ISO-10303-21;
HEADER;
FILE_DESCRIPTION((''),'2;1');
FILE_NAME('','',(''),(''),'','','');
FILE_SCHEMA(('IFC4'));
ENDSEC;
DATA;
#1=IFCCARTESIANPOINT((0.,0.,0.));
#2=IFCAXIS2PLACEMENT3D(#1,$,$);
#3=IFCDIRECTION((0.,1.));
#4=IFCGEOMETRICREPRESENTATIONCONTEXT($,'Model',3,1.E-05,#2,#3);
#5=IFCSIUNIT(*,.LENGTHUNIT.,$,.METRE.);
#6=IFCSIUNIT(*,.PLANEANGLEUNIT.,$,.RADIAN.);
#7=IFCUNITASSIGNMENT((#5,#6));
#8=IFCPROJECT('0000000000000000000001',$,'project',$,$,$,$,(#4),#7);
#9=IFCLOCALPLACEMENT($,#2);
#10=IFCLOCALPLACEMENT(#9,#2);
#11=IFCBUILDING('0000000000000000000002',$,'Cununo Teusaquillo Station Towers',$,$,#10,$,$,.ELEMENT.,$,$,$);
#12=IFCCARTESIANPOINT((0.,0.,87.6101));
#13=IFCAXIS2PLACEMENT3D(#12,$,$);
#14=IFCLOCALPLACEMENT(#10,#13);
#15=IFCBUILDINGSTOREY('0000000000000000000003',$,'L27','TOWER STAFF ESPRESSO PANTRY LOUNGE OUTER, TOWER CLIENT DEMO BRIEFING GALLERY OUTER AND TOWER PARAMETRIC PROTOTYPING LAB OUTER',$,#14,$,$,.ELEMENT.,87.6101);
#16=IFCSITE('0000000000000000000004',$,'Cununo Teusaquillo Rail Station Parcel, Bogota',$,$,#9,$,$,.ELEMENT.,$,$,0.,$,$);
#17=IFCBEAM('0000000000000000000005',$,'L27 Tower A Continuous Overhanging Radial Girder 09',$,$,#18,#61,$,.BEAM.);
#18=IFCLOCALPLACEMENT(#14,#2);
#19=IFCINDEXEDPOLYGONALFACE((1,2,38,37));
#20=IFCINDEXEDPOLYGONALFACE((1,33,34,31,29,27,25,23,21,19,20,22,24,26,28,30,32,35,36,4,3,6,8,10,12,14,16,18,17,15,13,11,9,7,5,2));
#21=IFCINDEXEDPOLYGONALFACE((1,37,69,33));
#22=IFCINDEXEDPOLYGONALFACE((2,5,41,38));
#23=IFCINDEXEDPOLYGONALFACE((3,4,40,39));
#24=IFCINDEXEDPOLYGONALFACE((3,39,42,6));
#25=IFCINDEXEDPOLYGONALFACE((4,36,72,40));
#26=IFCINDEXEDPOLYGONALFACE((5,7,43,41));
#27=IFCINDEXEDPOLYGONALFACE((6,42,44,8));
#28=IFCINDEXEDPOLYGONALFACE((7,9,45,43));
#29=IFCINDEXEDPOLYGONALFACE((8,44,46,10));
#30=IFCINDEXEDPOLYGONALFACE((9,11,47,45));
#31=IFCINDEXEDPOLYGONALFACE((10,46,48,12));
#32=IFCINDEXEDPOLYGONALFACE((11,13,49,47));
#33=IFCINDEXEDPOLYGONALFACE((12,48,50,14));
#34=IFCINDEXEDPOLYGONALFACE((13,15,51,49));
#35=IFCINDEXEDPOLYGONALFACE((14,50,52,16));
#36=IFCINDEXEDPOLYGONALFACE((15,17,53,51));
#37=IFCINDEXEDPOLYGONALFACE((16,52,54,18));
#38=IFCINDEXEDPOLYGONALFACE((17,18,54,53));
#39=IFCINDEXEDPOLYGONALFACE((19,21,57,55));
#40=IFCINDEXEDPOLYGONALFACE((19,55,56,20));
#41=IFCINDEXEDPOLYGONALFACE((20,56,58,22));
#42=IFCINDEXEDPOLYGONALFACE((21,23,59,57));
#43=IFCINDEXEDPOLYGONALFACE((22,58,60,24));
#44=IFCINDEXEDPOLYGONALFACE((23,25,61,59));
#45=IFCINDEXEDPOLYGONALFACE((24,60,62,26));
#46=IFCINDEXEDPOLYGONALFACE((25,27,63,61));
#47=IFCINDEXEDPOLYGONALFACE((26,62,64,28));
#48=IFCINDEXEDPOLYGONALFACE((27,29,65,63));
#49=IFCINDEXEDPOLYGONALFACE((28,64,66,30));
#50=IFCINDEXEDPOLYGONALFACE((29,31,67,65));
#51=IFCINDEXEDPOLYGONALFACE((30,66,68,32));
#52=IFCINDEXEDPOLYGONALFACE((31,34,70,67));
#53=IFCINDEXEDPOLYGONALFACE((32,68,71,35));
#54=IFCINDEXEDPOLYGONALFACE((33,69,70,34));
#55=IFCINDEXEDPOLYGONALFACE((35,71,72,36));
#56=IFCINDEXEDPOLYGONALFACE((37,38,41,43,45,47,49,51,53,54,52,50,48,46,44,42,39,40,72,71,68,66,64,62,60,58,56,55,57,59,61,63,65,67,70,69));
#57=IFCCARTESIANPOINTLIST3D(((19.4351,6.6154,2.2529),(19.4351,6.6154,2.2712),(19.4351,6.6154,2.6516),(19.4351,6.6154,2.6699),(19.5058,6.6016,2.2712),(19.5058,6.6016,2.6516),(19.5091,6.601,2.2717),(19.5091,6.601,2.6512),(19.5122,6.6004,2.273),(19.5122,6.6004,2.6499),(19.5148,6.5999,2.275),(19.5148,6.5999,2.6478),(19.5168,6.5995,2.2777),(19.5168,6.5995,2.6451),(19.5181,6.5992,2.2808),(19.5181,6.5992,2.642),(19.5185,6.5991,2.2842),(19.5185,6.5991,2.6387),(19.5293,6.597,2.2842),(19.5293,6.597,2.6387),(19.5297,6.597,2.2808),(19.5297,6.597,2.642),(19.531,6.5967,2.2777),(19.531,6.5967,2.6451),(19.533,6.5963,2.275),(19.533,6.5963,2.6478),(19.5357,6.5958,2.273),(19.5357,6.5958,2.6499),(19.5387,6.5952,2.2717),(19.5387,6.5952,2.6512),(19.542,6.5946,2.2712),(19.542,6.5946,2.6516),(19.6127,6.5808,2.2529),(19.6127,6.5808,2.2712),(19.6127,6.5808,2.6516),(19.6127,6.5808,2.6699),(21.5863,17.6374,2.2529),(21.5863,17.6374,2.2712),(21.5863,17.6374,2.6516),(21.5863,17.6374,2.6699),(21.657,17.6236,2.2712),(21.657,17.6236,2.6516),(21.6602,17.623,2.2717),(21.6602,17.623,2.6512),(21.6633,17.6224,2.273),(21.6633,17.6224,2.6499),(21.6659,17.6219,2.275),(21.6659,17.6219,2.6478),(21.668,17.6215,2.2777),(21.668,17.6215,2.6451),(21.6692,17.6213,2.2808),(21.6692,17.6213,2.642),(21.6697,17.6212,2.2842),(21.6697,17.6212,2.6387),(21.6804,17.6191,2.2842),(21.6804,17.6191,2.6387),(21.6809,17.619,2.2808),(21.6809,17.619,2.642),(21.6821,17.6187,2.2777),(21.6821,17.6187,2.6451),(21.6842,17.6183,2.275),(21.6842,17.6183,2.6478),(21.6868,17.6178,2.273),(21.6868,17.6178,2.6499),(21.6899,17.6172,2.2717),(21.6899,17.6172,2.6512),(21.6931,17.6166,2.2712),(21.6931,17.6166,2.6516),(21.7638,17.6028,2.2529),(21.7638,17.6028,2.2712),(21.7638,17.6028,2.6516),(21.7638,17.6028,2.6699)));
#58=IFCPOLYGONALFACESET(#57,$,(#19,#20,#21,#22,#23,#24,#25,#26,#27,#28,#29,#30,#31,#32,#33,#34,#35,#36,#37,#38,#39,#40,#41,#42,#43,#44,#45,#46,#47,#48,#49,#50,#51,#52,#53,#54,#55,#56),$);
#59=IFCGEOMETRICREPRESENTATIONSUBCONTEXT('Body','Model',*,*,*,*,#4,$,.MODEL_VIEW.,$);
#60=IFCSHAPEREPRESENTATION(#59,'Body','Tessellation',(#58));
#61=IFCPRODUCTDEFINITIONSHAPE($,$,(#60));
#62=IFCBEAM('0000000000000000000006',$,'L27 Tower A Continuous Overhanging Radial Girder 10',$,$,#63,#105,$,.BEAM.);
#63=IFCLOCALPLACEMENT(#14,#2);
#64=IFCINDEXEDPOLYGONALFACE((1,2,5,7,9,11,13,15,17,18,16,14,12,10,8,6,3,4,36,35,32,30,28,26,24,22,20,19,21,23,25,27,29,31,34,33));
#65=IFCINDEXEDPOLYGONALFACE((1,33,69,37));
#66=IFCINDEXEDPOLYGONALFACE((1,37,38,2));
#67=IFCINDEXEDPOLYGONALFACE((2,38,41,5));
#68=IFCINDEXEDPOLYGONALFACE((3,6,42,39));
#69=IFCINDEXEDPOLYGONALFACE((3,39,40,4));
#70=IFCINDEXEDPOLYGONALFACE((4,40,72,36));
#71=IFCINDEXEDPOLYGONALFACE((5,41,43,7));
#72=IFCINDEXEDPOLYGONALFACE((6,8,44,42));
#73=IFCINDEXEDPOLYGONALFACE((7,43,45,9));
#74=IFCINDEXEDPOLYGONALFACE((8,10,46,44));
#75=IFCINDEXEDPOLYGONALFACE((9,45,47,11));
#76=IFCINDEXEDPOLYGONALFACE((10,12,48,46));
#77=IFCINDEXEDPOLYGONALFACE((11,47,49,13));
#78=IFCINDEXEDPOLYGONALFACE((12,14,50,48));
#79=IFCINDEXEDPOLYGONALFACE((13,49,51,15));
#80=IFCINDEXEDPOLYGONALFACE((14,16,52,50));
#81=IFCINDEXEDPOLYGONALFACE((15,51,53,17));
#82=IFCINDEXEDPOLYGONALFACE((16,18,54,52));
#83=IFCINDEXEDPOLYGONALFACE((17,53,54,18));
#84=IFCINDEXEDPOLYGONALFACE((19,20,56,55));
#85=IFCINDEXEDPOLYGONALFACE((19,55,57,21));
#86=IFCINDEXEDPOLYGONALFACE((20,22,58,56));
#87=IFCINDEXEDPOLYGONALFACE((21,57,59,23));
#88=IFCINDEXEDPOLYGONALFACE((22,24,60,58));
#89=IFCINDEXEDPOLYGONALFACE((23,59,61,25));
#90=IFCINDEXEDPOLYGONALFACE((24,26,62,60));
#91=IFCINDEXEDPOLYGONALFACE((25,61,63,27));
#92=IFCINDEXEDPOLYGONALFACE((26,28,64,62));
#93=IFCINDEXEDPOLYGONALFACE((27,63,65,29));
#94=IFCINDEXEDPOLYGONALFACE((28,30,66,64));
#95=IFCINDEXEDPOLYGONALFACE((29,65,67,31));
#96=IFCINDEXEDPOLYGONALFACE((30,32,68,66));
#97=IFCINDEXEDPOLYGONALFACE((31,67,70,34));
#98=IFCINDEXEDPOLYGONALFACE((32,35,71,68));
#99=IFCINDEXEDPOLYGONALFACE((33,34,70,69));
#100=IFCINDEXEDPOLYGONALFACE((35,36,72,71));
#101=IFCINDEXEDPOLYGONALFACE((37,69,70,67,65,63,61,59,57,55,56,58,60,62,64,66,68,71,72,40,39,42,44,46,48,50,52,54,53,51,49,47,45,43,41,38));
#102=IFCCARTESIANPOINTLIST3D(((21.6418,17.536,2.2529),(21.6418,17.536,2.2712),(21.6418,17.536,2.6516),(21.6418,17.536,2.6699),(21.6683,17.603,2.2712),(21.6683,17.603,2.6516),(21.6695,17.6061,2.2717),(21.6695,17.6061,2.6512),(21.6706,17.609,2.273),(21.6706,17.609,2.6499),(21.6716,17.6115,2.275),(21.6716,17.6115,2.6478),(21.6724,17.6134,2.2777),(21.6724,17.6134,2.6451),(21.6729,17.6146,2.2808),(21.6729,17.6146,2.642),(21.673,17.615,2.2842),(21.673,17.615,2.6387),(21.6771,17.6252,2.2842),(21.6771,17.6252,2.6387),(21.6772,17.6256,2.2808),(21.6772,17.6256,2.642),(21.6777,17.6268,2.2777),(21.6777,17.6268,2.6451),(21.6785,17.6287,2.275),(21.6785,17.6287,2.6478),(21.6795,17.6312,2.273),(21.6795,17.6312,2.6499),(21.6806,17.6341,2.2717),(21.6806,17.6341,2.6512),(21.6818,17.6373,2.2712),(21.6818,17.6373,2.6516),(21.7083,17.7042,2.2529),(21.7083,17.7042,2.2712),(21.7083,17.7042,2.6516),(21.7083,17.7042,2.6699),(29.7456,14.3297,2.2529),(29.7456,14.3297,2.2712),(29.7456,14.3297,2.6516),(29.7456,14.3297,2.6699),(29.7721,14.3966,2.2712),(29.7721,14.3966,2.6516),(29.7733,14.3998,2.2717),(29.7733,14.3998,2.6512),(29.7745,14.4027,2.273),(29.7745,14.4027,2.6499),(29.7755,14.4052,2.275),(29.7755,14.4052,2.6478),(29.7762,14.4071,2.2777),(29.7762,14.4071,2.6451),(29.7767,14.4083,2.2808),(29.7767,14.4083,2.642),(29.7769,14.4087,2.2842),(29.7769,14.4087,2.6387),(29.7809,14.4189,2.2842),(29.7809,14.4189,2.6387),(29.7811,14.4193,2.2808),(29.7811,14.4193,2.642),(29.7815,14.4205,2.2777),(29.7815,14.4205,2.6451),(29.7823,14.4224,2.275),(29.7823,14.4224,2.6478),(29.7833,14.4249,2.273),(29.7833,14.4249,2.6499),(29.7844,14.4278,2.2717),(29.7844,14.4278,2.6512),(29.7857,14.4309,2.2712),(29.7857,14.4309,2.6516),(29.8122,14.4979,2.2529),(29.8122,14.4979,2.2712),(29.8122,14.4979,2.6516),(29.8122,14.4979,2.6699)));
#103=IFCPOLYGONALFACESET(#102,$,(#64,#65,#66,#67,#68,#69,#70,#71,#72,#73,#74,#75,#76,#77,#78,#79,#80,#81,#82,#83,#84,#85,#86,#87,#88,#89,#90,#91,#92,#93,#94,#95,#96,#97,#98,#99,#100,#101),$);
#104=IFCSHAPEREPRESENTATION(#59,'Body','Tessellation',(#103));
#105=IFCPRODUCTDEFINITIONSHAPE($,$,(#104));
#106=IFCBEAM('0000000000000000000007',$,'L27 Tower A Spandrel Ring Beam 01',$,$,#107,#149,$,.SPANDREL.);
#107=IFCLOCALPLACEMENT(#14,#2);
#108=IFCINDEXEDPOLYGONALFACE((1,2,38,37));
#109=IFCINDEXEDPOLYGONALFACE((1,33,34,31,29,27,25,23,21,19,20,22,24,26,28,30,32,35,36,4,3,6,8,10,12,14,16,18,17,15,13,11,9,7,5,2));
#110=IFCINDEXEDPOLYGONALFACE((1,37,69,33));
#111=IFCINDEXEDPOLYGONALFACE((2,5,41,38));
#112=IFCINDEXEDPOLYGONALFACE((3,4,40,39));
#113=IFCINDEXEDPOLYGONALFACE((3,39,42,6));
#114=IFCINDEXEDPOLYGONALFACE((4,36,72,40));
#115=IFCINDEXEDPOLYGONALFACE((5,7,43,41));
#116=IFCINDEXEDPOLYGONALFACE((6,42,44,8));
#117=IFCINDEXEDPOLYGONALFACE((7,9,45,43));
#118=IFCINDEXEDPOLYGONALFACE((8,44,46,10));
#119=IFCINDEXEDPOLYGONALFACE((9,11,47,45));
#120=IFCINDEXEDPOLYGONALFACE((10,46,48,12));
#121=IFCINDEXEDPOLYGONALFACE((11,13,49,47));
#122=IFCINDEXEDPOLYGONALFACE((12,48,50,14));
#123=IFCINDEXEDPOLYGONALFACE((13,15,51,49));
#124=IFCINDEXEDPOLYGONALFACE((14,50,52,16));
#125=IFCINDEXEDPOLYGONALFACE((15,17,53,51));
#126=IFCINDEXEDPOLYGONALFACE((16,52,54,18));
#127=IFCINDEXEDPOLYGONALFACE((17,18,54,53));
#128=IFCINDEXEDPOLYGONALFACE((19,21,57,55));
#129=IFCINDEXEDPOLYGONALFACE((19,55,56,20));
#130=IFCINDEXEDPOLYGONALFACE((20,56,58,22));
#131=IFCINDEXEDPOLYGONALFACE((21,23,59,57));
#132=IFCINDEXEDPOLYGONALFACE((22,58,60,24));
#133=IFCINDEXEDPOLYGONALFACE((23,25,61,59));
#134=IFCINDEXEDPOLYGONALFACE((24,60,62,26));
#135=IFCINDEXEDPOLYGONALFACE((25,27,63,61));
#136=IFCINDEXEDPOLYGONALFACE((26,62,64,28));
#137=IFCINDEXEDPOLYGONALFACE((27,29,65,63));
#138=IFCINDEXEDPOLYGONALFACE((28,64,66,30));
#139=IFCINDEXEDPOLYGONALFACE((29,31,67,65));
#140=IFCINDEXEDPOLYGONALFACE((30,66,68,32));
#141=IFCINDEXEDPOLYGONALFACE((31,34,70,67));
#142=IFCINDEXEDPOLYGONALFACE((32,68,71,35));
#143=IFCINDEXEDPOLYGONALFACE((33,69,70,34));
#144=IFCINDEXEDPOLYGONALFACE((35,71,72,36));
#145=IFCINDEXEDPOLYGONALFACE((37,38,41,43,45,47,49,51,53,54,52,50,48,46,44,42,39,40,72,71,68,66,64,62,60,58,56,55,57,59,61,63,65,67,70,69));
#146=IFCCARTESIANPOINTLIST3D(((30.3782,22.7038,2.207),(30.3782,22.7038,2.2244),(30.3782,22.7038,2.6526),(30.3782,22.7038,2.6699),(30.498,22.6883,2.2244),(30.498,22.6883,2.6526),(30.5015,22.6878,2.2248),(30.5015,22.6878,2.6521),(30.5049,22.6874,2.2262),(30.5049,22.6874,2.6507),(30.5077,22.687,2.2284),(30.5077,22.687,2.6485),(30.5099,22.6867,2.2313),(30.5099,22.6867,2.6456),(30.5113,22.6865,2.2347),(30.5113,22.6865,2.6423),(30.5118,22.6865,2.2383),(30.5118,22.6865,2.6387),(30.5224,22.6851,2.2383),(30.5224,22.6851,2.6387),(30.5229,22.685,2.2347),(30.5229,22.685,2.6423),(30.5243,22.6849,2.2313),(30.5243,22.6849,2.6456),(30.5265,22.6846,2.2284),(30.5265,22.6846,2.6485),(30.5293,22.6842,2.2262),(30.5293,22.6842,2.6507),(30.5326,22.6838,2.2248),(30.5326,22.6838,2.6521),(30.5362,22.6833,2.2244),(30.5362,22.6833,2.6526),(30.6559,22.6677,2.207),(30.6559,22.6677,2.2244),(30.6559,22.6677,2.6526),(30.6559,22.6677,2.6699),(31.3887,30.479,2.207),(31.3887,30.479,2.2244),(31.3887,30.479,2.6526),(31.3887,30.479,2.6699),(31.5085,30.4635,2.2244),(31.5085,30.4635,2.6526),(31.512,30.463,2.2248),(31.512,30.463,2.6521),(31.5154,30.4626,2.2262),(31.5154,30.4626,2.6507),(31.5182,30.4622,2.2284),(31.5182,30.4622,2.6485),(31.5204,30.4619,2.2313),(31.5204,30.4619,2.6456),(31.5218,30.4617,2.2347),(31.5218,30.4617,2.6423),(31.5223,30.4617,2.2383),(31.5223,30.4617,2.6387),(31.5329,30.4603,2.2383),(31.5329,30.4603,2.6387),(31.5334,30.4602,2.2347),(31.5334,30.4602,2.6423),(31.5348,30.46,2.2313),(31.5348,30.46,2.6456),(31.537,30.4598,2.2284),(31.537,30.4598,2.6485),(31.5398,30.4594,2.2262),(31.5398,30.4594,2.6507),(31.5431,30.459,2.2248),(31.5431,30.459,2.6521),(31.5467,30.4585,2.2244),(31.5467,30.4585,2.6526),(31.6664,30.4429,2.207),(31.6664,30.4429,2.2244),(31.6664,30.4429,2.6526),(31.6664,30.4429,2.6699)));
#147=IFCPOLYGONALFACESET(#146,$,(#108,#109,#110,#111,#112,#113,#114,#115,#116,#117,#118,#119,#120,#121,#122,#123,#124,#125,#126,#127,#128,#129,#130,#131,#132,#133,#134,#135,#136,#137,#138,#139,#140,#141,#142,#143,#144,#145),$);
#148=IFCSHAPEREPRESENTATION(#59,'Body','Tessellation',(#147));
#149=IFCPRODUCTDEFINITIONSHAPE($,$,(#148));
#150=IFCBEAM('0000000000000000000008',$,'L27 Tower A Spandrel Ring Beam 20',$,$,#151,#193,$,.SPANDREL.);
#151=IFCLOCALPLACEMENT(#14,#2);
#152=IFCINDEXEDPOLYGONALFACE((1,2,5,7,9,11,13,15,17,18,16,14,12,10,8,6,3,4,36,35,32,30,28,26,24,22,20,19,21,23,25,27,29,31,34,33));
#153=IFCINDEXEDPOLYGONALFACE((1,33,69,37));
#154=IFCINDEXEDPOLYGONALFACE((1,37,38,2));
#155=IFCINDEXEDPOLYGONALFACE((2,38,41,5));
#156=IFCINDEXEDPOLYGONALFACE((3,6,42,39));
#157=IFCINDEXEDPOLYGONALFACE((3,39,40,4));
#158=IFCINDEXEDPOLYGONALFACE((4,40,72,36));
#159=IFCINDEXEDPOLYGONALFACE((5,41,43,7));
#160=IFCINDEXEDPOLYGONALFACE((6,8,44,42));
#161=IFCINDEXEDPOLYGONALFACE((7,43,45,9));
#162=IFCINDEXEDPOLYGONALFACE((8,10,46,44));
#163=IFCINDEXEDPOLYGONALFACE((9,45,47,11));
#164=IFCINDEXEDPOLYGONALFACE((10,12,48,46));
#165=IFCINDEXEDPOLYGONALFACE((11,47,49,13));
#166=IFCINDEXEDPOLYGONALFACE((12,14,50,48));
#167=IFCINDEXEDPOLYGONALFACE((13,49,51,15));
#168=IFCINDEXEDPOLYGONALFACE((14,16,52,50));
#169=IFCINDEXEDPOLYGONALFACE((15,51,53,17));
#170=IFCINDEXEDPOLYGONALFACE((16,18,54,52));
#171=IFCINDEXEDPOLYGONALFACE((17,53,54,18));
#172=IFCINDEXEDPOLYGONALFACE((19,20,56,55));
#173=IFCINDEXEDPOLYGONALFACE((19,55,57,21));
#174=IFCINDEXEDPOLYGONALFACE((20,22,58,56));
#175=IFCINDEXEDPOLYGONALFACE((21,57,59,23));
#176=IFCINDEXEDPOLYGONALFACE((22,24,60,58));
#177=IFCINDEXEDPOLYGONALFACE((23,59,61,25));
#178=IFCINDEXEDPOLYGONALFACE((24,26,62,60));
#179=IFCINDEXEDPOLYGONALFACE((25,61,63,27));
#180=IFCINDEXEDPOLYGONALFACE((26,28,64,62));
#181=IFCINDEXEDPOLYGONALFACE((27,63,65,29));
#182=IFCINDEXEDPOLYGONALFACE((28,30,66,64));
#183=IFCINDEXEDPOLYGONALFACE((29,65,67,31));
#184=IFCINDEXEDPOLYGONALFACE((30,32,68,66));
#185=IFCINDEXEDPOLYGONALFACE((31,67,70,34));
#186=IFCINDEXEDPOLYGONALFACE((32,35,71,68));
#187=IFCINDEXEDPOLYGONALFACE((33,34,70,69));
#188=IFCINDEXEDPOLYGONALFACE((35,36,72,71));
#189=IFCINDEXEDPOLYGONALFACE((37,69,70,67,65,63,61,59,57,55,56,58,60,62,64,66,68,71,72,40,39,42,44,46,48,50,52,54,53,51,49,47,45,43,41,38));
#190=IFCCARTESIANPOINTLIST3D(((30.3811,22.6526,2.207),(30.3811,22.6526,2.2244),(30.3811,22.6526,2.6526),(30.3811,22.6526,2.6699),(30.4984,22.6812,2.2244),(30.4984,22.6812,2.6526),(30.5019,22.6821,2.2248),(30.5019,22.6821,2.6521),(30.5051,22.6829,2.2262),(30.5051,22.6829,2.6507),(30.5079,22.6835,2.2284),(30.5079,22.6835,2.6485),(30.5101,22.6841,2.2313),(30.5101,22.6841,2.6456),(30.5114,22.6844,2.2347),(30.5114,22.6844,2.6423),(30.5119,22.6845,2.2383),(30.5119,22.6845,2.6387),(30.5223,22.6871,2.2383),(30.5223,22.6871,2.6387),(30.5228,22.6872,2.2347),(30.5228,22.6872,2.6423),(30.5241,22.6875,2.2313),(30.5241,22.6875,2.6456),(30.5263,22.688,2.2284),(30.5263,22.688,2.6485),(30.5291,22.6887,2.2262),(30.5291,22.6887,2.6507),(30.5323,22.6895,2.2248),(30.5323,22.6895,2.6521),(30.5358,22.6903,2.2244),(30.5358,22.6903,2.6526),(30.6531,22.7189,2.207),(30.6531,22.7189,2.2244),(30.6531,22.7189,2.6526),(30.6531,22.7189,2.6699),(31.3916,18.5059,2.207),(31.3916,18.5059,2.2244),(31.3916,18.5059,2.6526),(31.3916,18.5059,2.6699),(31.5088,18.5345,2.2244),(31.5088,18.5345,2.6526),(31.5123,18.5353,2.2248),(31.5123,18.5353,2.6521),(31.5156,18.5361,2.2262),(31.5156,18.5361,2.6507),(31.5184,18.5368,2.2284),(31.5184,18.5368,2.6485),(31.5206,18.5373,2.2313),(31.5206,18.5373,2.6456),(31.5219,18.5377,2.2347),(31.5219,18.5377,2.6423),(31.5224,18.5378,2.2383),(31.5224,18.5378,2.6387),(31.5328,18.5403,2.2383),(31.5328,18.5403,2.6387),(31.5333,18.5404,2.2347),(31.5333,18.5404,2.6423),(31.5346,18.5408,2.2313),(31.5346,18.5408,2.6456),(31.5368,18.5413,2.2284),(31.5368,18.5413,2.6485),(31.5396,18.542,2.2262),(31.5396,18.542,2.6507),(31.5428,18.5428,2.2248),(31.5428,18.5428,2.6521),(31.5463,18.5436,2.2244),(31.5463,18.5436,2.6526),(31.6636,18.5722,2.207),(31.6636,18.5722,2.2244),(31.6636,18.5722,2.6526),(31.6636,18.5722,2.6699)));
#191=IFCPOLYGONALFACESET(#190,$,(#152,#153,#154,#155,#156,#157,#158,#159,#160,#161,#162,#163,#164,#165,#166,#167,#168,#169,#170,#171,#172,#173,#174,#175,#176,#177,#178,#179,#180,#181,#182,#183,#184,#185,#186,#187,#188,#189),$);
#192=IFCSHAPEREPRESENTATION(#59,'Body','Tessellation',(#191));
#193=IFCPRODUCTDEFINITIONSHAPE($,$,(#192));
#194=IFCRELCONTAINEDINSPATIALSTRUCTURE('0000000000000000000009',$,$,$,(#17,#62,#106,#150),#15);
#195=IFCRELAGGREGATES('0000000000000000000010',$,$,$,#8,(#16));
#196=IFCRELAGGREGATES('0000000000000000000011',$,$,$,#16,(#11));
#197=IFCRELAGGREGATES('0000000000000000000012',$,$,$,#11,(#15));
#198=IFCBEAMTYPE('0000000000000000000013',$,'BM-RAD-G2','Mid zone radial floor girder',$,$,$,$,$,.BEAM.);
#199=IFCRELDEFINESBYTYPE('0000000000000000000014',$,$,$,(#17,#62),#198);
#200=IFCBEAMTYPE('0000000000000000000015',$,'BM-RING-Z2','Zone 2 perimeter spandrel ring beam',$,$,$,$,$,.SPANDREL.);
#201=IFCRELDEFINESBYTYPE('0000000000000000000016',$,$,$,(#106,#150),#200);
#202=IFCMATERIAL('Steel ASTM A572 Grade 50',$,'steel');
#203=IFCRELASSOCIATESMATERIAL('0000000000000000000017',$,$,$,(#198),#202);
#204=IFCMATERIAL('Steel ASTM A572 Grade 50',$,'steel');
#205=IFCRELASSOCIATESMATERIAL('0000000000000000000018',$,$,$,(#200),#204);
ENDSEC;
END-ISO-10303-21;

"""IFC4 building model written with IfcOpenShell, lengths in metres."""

from ifc_helpers import new_model, si_unit, direction, frame, origin, origin_2d, place, context, subcontext, project, spatial, i_section, extrude, material, material_profile, profile_set, type_object, element, save


model = new_model("IFC4")

# Units and contexts
model_context = context("Model", 3, precision=1e-05, world=origin(), true_north=direction((0.0, 1.0)))
body_context = subcontext(model_context, "Body", "Model", "MODEL_VIEW")
ifc_project = project(units=[si_unit("LENGTHUNIT", "METRE"), si_unit("PLANEANGLEUNIT", "RADIAN")], contexts=[model_context])

# Site, building, storey
site_placement = place(None, origin())
site = spatial("IfcSite", under=ifc_project, at=site_placement, Name="Cununo Teusaquillo Rail Station Parcel, Bogota", CompositionType="ELEMENT", RefElevation=0.0)
building_placement = place(site_placement, origin())
building = spatial("IfcBuilding", under=site, at=building_placement, Name="Cununo Teusaquillo Station Towers", CompositionType="ELEMENT")
storey_placement = place(building_placement, frame((0.0, 0.0, 87.6101)))
storey = spatial("IfcBuildingStorey", under=building, at=storey_placement, Name="L27", Description="TOWER STAFF ESPRESSO PANTRY LOUNGE OUTER, TOWER CLIENT DEMO BRIEFING GALLERY OUTER AND TOWER PARAMETRIC PROTOTYPING LAB OUTER", CompositionType="ELEMENT", Elevation=87.6101)

# Beams
ifc_material_1 = material(Name="Steel ASTM A572 Grade 50", Category="steel")
ifc_material_profile_1 = material_profile(ifc_material_1, i_section(OverallWidth=0.1809, OverallDepth=0.417, WebThickness=0.011, FlangeThickness=0.0183, FilletRadius=0.0129, at=origin_2d()), Name="W16X57")
ifc_profile_set_1 = profile_set([ifc_material_profile_1], Name="Steel ASTM A572 Grade 50")
beam_type_1 = type_object("IfcBeamType", Name="BM-RAD-G2", Description="Mid zone radial floor girder", PredefinedType="BEAM", material=ifc_profile_set_1)
beam_1_placement = place(storey_placement, frame((21.675, 17.6201, 2.4614), z_axis=(-0.191553, -0.981482, 0.0), x_axis=(0.981482, -0.191553, 0.0)))
element("IfcBeam", 1, at=beam_1_placement, inside=storey, type_object=beam_type_1, Name="L27 Tower A Continuous Overhanging Radial Girder 09", PredefinedType="BEAM", context=body_context, shape_type="SweptSolid", body=[
    extrude(i_section(OverallWidth=0.1809, OverallDepth=0.417, WebThickness=0.011, FlangeThickness=0.0183, FilletRadius=0.0129, at=origin_2d()), origin(), (0.0, 0.0, 1.0), 11.23),
])
beam_2_placement = place(storey_placement, frame((21.675, 17.6201, 2.4614), z_axis=(0.929863, -0.367906, 0.0), x_axis=(0.367906, 0.929863, 0.0)))
element("IfcBeam", 2, at=beam_2_placement, inside=storey, type_object=beam_type_1, Name="L27 Tower A Continuous Overhanging Radial Girder 10", PredefinedType="BEAM", context=body_context, shape_type="SweptSolid", body=[
    extrude(i_section(OverallWidth=0.1809, OverallDepth=0.417, WebThickness=0.011, FlangeThickness=0.0183, FilletRadius=0.0129, at=origin_2d()), origin(), (0.0, 0.0, 1.0), 8.7151),
])
ifc_material_2 = material(Name="Steel ASTM A572 Grade 50", Category="steel")
ifc_material_profile_2 = material_profile(ifc_material_2, i_section(OverallWidth=0.28, OverallDepth=0.4629, WebThickness=0.0107, FlangeThickness=0.0173, FilletRadius=0.0139, at=origin_2d()), Name="W18X76")
ifc_profile_set_2 = profile_set([ifc_material_profile_2], Name="Steel ASTM A572 Grade 50")
beam_type_2 = type_object("IfcBeamType", Name="BM-RING-Z2", Description="Zone 2 perimeter spandrel ring beam", PredefinedType="SPANDREL", material=ifc_profile_set_2)
beam_3_placement = place(storey_placement, frame((30.5171, 22.6858, 2.4385), z_axis=(0.128881, 0.99166, 0.0), x_axis=(-0.99166, 0.128881, 0.0)))
element("IfcBeam", 3, at=beam_3_placement, inside=storey, type_object=beam_type_2, Name="L27 Tower A Spandrel Ring Beam 01", PredefinedType="SPANDREL", context=body_context, shape_type="SweptSolid", body=[
    extrude(i_section(OverallWidth=0.28, OverallDepth=0.4629, WebThickness=0.0107, FlangeThickness=0.0173, FilletRadius=0.0139, at=origin_2d()), origin(), (0.0, 0.0, 1.0), 7.8406),
])
beam_4_placement = place(storey_placement, frame((31.5276, 18.5391, 2.4385), z_axis=(-0.236757, 0.971569, 0.0), x_axis=(-0.971569, -0.236757, 0.0)))
element("IfcBeam", 4, at=beam_4_placement, inside=storey, type_object=beam_type_2, Name="L27 Tower A Spandrel Ring Beam 20", PredefinedType="SPANDREL", context=body_context, shape_type="SweptSolid", body=[
    extrude(i_section(OverallWidth=0.28, OverallDepth=0.4629, WebThickness=0.0107, FlangeThickness=0.0173, FilletRadius=0.0139, at=origin_2d()), origin(), (0.0, 0.0, 1.0), 4.2681),
])

save(model, "model.ifc")
